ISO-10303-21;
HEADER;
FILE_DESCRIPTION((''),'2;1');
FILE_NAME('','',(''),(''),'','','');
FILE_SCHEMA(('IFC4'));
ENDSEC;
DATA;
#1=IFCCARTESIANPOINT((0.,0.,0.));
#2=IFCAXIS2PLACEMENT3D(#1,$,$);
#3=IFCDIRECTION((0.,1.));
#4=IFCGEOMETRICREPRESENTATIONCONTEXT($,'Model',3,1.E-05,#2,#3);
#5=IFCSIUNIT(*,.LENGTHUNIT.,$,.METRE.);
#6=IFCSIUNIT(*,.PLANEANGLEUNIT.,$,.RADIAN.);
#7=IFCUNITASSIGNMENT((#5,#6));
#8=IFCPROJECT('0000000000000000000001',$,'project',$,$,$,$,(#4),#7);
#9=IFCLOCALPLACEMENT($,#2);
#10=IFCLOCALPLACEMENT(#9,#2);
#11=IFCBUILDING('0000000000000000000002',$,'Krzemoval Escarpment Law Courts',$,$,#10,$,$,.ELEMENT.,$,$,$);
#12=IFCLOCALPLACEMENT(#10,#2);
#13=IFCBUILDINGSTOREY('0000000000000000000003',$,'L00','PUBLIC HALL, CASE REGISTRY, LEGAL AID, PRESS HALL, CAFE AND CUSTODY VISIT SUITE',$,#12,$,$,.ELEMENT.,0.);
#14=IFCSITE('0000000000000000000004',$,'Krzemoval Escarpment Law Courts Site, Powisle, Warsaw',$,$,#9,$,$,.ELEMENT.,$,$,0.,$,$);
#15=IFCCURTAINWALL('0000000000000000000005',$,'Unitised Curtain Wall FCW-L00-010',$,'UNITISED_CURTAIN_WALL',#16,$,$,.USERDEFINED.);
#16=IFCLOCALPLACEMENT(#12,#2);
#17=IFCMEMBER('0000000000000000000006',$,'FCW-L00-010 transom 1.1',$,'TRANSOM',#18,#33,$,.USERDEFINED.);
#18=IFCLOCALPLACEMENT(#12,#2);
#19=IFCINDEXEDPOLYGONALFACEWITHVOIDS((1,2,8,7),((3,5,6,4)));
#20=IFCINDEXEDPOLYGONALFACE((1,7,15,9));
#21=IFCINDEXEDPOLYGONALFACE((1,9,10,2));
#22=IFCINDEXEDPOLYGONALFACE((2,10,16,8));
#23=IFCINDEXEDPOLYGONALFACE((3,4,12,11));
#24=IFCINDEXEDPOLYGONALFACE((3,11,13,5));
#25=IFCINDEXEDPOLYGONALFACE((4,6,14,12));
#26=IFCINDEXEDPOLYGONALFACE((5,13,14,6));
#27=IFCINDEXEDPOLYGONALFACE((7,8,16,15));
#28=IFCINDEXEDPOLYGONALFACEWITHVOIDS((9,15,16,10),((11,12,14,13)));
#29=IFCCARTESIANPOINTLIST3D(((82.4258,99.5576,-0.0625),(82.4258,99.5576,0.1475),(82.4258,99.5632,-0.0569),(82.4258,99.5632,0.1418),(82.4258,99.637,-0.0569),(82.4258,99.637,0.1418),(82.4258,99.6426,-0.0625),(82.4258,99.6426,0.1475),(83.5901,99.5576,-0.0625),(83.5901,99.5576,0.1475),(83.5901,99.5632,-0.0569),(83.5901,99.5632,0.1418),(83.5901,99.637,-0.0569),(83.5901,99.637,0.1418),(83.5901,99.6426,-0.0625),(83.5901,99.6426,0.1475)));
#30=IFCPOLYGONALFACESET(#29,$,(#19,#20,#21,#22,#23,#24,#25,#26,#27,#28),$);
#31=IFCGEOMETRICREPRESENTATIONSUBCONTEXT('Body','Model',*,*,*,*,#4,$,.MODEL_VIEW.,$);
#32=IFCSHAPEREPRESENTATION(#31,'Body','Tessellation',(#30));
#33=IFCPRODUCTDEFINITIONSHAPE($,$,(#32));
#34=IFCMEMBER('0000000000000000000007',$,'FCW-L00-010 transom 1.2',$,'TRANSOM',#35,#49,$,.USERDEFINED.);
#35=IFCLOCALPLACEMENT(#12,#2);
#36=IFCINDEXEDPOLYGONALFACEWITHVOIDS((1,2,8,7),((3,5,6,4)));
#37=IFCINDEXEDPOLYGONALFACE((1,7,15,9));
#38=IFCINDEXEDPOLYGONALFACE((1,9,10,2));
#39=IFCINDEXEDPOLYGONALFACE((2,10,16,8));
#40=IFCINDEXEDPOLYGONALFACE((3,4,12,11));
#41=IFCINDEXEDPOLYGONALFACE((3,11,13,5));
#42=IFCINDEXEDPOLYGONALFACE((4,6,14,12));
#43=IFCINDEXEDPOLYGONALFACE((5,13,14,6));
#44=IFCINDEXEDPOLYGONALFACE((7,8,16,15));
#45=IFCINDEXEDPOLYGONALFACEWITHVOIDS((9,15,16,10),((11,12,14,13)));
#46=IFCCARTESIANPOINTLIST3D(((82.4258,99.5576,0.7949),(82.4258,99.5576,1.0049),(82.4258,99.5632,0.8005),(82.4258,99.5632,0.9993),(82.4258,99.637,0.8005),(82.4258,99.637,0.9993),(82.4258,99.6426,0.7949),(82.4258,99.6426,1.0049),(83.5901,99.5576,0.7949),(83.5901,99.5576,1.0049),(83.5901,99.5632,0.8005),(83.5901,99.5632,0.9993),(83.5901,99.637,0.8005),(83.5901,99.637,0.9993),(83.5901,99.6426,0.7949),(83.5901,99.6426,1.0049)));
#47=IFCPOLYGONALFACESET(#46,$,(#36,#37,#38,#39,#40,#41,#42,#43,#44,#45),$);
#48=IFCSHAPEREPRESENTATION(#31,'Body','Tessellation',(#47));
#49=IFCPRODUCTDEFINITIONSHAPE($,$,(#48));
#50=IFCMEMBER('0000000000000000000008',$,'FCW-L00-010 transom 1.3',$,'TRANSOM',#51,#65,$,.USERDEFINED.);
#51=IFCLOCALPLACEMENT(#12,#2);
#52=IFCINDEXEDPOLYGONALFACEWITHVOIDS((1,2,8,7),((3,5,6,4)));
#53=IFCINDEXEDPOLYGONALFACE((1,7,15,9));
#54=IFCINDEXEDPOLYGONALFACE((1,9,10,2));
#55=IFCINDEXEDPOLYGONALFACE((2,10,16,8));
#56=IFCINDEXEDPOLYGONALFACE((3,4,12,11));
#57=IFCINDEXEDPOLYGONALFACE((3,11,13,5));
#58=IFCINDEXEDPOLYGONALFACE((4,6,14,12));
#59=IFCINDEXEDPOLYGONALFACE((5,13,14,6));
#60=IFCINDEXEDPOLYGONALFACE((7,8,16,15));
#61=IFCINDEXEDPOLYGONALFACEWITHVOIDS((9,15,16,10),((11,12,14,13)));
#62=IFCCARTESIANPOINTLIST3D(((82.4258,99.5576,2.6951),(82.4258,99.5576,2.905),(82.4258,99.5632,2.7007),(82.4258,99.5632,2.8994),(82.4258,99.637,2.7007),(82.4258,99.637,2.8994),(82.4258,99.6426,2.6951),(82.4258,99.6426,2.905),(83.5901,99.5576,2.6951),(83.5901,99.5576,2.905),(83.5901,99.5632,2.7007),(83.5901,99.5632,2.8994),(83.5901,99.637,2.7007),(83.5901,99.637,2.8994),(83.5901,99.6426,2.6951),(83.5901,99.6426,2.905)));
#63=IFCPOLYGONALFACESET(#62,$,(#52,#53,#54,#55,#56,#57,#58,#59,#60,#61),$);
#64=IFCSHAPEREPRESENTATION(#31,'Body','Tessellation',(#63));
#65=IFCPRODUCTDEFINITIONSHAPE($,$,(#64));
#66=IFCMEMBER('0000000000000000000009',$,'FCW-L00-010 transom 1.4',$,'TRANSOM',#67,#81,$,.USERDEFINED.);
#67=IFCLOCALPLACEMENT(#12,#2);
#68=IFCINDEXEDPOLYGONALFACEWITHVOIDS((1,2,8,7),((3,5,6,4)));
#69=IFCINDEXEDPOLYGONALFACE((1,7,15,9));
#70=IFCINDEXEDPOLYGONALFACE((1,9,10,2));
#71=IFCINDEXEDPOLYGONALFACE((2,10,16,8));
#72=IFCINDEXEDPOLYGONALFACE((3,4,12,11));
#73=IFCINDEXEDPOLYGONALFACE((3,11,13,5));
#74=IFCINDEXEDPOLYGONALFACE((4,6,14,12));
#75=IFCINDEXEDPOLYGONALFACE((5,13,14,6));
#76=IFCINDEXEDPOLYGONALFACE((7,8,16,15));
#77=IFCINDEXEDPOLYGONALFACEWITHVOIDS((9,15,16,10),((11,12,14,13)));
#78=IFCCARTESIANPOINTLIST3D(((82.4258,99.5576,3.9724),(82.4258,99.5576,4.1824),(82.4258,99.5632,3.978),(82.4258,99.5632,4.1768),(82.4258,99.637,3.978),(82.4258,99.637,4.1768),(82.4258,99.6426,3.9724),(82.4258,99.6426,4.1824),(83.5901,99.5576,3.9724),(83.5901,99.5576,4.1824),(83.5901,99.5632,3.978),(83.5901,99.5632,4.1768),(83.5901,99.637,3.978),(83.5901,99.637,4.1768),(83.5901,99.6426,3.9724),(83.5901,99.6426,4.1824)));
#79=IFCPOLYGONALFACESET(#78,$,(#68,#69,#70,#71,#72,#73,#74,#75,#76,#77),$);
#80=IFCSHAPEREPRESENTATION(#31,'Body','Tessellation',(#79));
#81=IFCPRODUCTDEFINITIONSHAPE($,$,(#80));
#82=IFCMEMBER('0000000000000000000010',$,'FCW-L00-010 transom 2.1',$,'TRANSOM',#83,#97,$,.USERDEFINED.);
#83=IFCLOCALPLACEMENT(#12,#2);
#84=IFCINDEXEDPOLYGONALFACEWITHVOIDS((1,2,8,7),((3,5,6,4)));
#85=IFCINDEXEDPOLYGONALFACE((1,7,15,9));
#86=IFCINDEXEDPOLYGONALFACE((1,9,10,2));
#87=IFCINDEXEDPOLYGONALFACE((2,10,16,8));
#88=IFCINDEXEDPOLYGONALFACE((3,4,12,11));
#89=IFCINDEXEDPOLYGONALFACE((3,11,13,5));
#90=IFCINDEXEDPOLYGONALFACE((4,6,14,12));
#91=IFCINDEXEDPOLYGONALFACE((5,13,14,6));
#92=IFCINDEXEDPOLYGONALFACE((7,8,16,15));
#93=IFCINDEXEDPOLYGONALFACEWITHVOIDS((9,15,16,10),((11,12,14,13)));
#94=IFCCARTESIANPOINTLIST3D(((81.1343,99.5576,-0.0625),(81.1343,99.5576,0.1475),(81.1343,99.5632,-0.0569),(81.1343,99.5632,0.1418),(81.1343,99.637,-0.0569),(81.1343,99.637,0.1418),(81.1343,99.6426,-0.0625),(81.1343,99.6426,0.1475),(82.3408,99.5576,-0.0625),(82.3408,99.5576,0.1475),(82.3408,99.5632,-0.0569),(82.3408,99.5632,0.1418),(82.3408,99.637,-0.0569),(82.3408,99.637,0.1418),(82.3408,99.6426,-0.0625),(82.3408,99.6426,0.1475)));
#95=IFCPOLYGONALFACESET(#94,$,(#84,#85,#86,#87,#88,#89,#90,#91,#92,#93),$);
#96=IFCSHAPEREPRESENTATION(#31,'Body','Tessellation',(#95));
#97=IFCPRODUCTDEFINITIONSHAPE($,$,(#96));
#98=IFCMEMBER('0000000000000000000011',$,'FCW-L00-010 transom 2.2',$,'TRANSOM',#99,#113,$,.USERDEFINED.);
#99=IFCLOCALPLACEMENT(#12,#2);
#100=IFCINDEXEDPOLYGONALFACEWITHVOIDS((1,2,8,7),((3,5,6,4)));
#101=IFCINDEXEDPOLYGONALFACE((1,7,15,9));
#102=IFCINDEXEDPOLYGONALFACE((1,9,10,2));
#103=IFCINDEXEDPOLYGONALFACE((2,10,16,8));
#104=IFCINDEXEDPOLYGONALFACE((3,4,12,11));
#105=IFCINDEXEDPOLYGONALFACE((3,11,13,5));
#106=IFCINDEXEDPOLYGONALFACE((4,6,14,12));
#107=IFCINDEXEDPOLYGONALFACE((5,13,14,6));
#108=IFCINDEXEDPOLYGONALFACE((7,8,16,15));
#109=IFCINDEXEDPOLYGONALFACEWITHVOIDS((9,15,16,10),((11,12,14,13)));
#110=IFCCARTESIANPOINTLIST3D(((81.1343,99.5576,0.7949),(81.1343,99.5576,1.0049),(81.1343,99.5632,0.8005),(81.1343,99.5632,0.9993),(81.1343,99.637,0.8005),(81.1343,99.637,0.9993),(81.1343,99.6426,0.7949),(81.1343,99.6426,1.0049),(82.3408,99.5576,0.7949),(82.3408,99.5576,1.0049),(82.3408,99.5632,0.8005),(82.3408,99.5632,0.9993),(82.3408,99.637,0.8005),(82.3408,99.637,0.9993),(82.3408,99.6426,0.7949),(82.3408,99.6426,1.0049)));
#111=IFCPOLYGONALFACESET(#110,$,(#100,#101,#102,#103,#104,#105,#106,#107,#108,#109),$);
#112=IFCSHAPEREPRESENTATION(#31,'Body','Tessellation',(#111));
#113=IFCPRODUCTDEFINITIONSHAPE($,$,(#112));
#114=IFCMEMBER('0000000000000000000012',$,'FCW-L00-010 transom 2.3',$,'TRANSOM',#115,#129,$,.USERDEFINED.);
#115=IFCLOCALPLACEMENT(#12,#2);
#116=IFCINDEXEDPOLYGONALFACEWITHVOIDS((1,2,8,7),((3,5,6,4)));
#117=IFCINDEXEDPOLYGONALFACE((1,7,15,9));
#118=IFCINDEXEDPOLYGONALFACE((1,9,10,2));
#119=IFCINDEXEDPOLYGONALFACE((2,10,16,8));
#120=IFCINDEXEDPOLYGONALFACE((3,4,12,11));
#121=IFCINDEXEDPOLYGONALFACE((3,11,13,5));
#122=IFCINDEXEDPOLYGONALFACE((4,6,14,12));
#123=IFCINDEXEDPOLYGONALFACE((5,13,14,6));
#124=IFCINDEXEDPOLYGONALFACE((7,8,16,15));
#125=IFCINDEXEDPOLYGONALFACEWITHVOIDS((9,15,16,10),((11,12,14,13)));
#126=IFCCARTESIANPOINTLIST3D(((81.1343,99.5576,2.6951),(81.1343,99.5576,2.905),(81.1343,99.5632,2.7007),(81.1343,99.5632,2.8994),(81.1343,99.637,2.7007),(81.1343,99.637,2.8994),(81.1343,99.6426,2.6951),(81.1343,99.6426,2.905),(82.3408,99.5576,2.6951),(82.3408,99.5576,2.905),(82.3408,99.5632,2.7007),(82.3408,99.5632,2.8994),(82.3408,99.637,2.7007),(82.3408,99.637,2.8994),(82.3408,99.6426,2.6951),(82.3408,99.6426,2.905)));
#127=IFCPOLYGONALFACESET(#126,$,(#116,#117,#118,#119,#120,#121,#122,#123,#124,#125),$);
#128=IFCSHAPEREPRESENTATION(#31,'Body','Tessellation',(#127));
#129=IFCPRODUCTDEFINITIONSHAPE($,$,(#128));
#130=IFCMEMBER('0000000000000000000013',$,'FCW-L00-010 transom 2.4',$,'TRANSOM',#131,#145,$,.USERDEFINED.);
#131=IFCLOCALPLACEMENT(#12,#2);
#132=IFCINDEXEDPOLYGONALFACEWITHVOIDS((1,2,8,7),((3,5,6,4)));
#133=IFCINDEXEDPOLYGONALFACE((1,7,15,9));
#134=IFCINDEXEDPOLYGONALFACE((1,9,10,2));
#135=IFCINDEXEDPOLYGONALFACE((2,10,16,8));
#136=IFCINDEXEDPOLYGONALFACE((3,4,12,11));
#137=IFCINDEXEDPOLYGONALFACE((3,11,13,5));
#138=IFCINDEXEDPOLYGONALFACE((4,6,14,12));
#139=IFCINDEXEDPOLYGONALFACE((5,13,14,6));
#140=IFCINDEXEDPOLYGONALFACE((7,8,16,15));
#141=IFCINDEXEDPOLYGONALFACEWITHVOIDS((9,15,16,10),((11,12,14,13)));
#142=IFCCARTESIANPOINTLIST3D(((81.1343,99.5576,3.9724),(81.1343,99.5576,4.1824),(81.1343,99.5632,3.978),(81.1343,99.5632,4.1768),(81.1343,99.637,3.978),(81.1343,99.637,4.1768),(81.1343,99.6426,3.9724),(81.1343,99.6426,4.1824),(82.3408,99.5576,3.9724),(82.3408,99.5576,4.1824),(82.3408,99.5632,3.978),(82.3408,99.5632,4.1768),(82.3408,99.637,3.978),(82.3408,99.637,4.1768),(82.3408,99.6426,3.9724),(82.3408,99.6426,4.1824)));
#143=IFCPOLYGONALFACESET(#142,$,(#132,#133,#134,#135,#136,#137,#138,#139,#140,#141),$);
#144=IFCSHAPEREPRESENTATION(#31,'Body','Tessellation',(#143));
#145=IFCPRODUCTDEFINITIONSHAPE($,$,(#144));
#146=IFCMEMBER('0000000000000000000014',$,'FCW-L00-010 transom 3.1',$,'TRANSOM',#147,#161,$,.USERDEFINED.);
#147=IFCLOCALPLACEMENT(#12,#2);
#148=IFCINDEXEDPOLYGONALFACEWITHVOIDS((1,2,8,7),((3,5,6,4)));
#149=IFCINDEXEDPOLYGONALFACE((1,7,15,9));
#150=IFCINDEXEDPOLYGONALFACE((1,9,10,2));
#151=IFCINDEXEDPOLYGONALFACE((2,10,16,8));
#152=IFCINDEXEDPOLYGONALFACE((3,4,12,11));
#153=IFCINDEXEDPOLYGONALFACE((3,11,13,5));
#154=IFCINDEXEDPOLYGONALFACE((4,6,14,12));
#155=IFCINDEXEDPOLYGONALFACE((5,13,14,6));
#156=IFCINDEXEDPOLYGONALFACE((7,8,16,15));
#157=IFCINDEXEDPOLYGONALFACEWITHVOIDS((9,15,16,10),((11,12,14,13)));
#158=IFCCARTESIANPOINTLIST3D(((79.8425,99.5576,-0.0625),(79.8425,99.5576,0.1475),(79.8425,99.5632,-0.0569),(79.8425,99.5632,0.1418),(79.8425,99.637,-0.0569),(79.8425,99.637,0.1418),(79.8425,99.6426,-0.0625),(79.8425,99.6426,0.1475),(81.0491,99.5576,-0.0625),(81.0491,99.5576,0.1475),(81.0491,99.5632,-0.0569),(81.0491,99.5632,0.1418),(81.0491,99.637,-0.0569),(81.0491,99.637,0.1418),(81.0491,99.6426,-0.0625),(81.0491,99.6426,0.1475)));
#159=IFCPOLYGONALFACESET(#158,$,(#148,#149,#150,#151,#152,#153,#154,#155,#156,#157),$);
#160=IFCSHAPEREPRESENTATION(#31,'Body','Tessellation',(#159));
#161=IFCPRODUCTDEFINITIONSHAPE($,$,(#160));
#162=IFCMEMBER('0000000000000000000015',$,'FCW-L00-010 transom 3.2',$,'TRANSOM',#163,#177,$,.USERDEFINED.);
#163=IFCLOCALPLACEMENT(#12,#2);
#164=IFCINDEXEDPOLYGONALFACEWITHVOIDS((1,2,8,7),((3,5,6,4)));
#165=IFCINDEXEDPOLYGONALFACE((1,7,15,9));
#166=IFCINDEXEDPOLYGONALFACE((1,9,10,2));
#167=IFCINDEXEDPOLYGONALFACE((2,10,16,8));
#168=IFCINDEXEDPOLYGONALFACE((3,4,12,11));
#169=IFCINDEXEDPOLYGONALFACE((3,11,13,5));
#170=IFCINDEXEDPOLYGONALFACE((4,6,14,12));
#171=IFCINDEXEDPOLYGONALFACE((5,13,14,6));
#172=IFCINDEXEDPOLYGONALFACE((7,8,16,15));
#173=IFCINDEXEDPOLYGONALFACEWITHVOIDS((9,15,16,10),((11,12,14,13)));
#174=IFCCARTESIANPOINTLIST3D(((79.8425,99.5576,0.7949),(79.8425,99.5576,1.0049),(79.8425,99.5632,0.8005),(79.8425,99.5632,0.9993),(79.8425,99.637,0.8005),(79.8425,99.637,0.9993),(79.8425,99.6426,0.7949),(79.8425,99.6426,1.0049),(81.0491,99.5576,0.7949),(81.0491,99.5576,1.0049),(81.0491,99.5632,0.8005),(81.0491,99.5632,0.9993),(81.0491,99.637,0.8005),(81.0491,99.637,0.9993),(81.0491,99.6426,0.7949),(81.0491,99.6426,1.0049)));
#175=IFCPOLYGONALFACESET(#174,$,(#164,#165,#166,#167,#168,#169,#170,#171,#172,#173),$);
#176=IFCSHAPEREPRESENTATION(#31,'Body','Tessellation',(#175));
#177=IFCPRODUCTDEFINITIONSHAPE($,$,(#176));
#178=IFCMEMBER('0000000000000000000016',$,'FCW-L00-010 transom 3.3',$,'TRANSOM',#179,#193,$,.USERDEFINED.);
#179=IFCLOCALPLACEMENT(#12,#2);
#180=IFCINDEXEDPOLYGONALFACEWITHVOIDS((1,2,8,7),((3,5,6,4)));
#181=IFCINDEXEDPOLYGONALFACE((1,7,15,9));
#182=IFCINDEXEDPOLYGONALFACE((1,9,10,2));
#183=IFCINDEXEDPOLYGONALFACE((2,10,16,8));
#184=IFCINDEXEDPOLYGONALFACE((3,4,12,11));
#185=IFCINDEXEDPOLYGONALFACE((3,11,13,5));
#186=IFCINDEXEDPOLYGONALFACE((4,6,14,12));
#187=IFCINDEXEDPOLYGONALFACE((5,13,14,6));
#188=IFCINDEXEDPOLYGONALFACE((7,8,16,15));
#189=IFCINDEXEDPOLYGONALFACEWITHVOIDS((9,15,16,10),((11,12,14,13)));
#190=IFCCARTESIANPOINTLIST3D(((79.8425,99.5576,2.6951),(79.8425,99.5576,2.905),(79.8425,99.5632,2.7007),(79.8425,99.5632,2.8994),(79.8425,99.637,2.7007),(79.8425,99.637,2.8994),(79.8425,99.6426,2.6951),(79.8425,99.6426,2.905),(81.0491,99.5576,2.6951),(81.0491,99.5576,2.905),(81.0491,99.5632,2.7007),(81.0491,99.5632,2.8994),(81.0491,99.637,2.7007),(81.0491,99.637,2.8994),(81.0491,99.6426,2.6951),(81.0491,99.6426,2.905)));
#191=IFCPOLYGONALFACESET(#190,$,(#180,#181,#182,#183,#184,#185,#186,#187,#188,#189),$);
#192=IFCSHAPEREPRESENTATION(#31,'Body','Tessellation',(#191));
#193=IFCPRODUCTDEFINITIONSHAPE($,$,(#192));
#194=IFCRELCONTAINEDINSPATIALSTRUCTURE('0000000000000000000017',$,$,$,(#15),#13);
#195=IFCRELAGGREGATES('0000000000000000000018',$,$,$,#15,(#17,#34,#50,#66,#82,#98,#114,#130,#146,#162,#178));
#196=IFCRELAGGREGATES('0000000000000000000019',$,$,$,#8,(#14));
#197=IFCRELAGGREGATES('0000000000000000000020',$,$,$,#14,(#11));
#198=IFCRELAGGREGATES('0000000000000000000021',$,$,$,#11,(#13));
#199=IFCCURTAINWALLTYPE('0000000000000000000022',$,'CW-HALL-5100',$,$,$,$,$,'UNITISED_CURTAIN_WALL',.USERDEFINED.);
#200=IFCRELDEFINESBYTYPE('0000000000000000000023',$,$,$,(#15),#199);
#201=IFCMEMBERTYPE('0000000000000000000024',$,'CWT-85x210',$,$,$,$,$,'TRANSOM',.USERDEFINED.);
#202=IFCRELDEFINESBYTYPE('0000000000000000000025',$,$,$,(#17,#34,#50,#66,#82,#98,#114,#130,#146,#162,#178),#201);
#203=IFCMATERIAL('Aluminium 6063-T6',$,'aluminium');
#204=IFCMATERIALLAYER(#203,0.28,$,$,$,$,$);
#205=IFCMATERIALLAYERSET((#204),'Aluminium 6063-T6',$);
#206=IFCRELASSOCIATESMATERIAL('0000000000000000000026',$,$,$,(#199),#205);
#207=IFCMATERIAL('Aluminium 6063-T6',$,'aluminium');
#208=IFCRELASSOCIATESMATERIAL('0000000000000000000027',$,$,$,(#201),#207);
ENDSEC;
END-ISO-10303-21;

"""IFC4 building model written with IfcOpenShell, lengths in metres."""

from ifc_helpers import new_model, si_unit, direction, frame, origin, origin_2d, place, context, subcontext, project, spatial, hollow_rectangle, extrude, material, layer, layer_set, material_profile, profile_set, type_object, element, aggregate, save


model = new_model("IFC4")

# Units and contexts
model_context = context("Model", 3, precision=1e-05, world=origin(), true_north=direction((0.0, 1.0)))
body_context = subcontext(model_context, "Body", "Model", "MODEL_VIEW")
ifc_project = project(units=[si_unit("LENGTHUNIT", "METRE"), si_unit("PLANEANGLEUNIT", "RADIAN")], contexts=[model_context])

# Site, building, storey
site_placement = place(None, origin())
site = spatial("IfcSite", under=ifc_project, at=site_placement, Name="Krzemoval Escarpment Law Courts Site, Powisle, Warsaw", CompositionType="ELEMENT", RefElevation=0.0)
building_placement = place(site_placement, origin())
building = spatial("IfcBuilding", under=site, at=building_placement, Name="Krzemoval Escarpment Law Courts", CompositionType="ELEMENT")
storey_placement = place(building_placement, origin())
storey = spatial("IfcBuildingStorey", under=building, at=storey_placement, Name="L00", Description="PUBLIC HALL, CASE REGISTRY, LEGAL AID, PRESS HALL, CAFE AND CUSTODY VISIT SUITE", CompositionType="ELEMENT", Elevation=0.0)

# Curtain wall
ifc_material_1 = material(Name="Aluminium 6063-T6", Category="aluminium")
ifc_layer_1 = layer(ifc_material_1, 0.28)
ifc_layer_set_1 = layer_set([ifc_layer_1], Name="Aluminium 6063-T6")
curtain_wall_type = type_object("IfcCurtainWallType", Name="CW-HALL-5100", ElementType="UNITISED_CURTAIN_WALL", PredefinedType="USERDEFINED", material=ifc_layer_set_1)
curtain_wall_1_placement = place(storey_placement, origin())
curtain_wall_1 = element("IfcCurtainWall", 1, at=curtain_wall_1_placement, inside=storey, type_object=curtain_wall_type, Name="Unitised Curtain Wall FCW-L00-010", ObjectType="UNITISED_CURTAIN_WALL", PredefinedType="USERDEFINED")

# Members
ifc_material_2 = material(Name="Aluminium 6063-T6", Category="aluminium")
ifc_material_profile_1 = material_profile(ifc_material_2, hollow_rectangle(XDim=0.085, YDim=0.21, WallThickness=0.0056, at=origin_2d()), Name="ALU T85x210")
ifc_profile_set_1 = profile_set([ifc_material_profile_1], Name="Aluminium 6063-T6")
member_type_1 = type_object("IfcMemberType", Name="CWT-85x210", ElementType="TRANSOM", PredefinedType="USERDEFINED", material=ifc_profile_set_1)
member_1_placement = place(storey_placement, frame((83.5901, 99.6001, 0.0425), z_axis=(-1.0, 0.0, 0.0), x_axis=(0.0, -1.0, 0.0)))
member_1 = element("IfcMember", 2, at=member_1_placement, type_object=member_type_1, Name="FCW-L00-010 transom 1.1", ObjectType="TRANSOM", PredefinedType="USERDEFINED", context=body_context, shape_type="SweptSolid", body=[
    extrude(hollow_rectangle(XDim=0.085, YDim=0.21, WallThickness=0.0056, at=origin_2d()), origin(), (0.0, 0.0, 1.0), 1.1643),
])
member_2_placement = place(storey_placement, frame((83.5901, 99.6001, 0.8999), z_axis=(-1.0, 0.0, 0.0), x_axis=(0.0, -1.0, 0.0)))
member_2 = element("IfcMember", 3, at=member_2_placement, type_object=member_type_1, Name="FCW-L00-010 transom 1.2", ObjectType="TRANSOM", PredefinedType="USERDEFINED", context=body_context, shape_type="SweptSolid", body=[
    extrude(hollow_rectangle(XDim=0.085, YDim=0.21, WallThickness=0.0056, at=origin_2d()), origin(), (0.0, 0.0, 1.0), 1.1643),
])
member_3_placement = place(storey_placement, frame((83.5901, 99.6001, 2.8), z_axis=(-1.0, 0.0, 0.0), x_axis=(0.0, -1.0, 0.0)))
member_3 = element("IfcMember", 4, at=member_3_placement, type_object=member_type_1, Name="FCW-L00-010 transom 1.3", ObjectType="TRANSOM", PredefinedType="USERDEFINED", context=body_context, shape_type="SweptSolid", body=[
    extrude(hollow_rectangle(XDim=0.085, YDim=0.21, WallThickness=0.0056, at=origin_2d()), origin(), (0.0, 0.0, 1.0), 1.1643),
])
member_4_placement = place(storey_placement, frame((83.5901, 99.6001, 4.0774), z_axis=(-1.0, 0.0, 0.0), x_axis=(0.0, -1.0, 0.0)))
member_4 = element("IfcMember", 5, at=member_4_placement, type_object=member_type_1, Name="FCW-L00-010 transom 1.4", ObjectType="TRANSOM", PredefinedType="USERDEFINED", context=body_context, shape_type="SweptSolid", body=[
    extrude(hollow_rectangle(XDim=0.085, YDim=0.21, WallThickness=0.0056, at=origin_2d()), origin(), (0.0, 0.0, 1.0), 1.1643),
])
member_5_placement = place(storey_placement, frame((82.3408, 99.6001, 0.0425), z_axis=(-1.0, 0.0, 0.0), x_axis=(0.0, -1.0, 0.0)))
member_5 = element("IfcMember", 6, at=member_5_placement, type_object=member_type_1, Name="FCW-L00-010 transom 2.1", ObjectType="TRANSOM", PredefinedType="USERDEFINED", context=body_context, shape_type="SweptSolid", body=[
    extrude(hollow_rectangle(XDim=0.085, YDim=0.21, WallThickness=0.0056, at=origin_2d()), origin(), (0.0, 0.0, 1.0), 1.2065),
])
member_6_placement = place(storey_placement, frame((82.3408, 99.6001, 0.8999), z_axis=(-1.0, 0.0, 0.0), x_axis=(0.0, -1.0, 0.0)))
member_6 = element("IfcMember", 7, at=member_6_placement, type_object=member_type_1, Name="FCW-L00-010 transom 2.2", ObjectType="TRANSOM", PredefinedType="USERDEFINED", context=body_context, shape_type="SweptSolid", body=[
    extrude(hollow_rectangle(XDim=0.085, YDim=0.21, WallThickness=0.0056, at=origin_2d()), origin(), (0.0, 0.0, 1.0), 1.2065),
])
member_7_placement = place(storey_placement, frame((82.3408, 99.6001, 2.8), z_axis=(-1.0, 0.0, 0.0), x_axis=(0.0, -1.0, 0.0)))
member_7 = element("IfcMember", 8, at=member_7_placement, type_object=member_type_1, Name="FCW-L00-010 transom 2.3", ObjectType="TRANSOM", PredefinedType="USERDEFINED", context=body_context, shape_type="SweptSolid", body=[
    extrude(hollow_rectangle(XDim=0.085, YDim=0.21, WallThickness=0.0056, at=origin_2d()), origin(), (0.0, 0.0, 1.0), 1.2065),
])
member_8_placement = place(storey_placement, frame((82.3408, 99.6001, 4.0774), z_axis=(-1.0, 0.0, 0.0), x_axis=(0.0, -1.0, 0.0)))
member_8 = element("IfcMember", 9, at=member_8_placement, type_object=member_type_1, Name="FCW-L00-010 transom 2.4", ObjectType="TRANSOM", PredefinedType="USERDEFINED", context=body_context, shape_type="SweptSolid", body=[
    extrude(hollow_rectangle(XDim=0.085, YDim=0.21, WallThickness=0.0056, at=origin_2d()), origin(), (0.0, 0.0, 1.0), 1.2065),
])
member_9_placement = place(storey_placement, frame((81.0491, 99.6001, 0.0425), z_axis=(-1.0, 0.0, 0.0), x_axis=(0.0, -1.0, 0.0)))
member_9 = element("IfcMember", 10, at=member_9_placement, type_object=member_type_1, Name="FCW-L00-010 transom 3.1", ObjectType="TRANSOM", PredefinedType="USERDEFINED", context=body_context, shape_type="SweptSolid", body=[
    extrude(hollow_rectangle(XDim=0.085, YDim=0.21, WallThickness=0.0056, at=origin_2d()), origin(), (0.0, 0.0, 1.0), 1.2065),
])
member_10_placement = place(storey_placement, frame((81.0491, 99.6001, 0.8999), z_axis=(-1.0, 0.0, 0.0), x_axis=(0.0, -1.0, 0.0)))
member_10 = element("IfcMember", 11, at=member_10_placement, type_object=member_type_1, Name="FCW-L00-010 transom 3.2", ObjectType="TRANSOM", PredefinedType="USERDEFINED", context=body_context, shape_type="SweptSolid", body=[
    extrude(hollow_rectangle(XDim=0.085, YDim=0.21, WallThickness=0.0056, at=origin_2d()), origin(), (0.0, 0.0, 1.0), 1.2065),
])
member_11_placement = place(storey_placement, frame((81.0491, 99.6001, 2.8), z_axis=(-1.0, 0.0, 0.0), x_axis=(0.0, -1.0, 0.0)))
member_11 = element("IfcMember", 12, at=member_11_placement, type_object=member_type_1, Name="FCW-L00-010 transom 3.3", ObjectType="TRANSOM", PredefinedType="USERDEFINED", context=body_context, shape_type="SweptSolid", body=[
    extrude(hollow_rectangle(XDim=0.085, YDim=0.21, WallThickness=0.0056, at=origin_2d()), origin(), (0.0, 0.0, 1.0), 1.2065),
])

aggregate(curtain_wall_1, [member_1, member_2, member_3, member_4, member_5, member_6, member_7, member_8, member_9, member_10, member_11])

save(model, "model.ifc")
